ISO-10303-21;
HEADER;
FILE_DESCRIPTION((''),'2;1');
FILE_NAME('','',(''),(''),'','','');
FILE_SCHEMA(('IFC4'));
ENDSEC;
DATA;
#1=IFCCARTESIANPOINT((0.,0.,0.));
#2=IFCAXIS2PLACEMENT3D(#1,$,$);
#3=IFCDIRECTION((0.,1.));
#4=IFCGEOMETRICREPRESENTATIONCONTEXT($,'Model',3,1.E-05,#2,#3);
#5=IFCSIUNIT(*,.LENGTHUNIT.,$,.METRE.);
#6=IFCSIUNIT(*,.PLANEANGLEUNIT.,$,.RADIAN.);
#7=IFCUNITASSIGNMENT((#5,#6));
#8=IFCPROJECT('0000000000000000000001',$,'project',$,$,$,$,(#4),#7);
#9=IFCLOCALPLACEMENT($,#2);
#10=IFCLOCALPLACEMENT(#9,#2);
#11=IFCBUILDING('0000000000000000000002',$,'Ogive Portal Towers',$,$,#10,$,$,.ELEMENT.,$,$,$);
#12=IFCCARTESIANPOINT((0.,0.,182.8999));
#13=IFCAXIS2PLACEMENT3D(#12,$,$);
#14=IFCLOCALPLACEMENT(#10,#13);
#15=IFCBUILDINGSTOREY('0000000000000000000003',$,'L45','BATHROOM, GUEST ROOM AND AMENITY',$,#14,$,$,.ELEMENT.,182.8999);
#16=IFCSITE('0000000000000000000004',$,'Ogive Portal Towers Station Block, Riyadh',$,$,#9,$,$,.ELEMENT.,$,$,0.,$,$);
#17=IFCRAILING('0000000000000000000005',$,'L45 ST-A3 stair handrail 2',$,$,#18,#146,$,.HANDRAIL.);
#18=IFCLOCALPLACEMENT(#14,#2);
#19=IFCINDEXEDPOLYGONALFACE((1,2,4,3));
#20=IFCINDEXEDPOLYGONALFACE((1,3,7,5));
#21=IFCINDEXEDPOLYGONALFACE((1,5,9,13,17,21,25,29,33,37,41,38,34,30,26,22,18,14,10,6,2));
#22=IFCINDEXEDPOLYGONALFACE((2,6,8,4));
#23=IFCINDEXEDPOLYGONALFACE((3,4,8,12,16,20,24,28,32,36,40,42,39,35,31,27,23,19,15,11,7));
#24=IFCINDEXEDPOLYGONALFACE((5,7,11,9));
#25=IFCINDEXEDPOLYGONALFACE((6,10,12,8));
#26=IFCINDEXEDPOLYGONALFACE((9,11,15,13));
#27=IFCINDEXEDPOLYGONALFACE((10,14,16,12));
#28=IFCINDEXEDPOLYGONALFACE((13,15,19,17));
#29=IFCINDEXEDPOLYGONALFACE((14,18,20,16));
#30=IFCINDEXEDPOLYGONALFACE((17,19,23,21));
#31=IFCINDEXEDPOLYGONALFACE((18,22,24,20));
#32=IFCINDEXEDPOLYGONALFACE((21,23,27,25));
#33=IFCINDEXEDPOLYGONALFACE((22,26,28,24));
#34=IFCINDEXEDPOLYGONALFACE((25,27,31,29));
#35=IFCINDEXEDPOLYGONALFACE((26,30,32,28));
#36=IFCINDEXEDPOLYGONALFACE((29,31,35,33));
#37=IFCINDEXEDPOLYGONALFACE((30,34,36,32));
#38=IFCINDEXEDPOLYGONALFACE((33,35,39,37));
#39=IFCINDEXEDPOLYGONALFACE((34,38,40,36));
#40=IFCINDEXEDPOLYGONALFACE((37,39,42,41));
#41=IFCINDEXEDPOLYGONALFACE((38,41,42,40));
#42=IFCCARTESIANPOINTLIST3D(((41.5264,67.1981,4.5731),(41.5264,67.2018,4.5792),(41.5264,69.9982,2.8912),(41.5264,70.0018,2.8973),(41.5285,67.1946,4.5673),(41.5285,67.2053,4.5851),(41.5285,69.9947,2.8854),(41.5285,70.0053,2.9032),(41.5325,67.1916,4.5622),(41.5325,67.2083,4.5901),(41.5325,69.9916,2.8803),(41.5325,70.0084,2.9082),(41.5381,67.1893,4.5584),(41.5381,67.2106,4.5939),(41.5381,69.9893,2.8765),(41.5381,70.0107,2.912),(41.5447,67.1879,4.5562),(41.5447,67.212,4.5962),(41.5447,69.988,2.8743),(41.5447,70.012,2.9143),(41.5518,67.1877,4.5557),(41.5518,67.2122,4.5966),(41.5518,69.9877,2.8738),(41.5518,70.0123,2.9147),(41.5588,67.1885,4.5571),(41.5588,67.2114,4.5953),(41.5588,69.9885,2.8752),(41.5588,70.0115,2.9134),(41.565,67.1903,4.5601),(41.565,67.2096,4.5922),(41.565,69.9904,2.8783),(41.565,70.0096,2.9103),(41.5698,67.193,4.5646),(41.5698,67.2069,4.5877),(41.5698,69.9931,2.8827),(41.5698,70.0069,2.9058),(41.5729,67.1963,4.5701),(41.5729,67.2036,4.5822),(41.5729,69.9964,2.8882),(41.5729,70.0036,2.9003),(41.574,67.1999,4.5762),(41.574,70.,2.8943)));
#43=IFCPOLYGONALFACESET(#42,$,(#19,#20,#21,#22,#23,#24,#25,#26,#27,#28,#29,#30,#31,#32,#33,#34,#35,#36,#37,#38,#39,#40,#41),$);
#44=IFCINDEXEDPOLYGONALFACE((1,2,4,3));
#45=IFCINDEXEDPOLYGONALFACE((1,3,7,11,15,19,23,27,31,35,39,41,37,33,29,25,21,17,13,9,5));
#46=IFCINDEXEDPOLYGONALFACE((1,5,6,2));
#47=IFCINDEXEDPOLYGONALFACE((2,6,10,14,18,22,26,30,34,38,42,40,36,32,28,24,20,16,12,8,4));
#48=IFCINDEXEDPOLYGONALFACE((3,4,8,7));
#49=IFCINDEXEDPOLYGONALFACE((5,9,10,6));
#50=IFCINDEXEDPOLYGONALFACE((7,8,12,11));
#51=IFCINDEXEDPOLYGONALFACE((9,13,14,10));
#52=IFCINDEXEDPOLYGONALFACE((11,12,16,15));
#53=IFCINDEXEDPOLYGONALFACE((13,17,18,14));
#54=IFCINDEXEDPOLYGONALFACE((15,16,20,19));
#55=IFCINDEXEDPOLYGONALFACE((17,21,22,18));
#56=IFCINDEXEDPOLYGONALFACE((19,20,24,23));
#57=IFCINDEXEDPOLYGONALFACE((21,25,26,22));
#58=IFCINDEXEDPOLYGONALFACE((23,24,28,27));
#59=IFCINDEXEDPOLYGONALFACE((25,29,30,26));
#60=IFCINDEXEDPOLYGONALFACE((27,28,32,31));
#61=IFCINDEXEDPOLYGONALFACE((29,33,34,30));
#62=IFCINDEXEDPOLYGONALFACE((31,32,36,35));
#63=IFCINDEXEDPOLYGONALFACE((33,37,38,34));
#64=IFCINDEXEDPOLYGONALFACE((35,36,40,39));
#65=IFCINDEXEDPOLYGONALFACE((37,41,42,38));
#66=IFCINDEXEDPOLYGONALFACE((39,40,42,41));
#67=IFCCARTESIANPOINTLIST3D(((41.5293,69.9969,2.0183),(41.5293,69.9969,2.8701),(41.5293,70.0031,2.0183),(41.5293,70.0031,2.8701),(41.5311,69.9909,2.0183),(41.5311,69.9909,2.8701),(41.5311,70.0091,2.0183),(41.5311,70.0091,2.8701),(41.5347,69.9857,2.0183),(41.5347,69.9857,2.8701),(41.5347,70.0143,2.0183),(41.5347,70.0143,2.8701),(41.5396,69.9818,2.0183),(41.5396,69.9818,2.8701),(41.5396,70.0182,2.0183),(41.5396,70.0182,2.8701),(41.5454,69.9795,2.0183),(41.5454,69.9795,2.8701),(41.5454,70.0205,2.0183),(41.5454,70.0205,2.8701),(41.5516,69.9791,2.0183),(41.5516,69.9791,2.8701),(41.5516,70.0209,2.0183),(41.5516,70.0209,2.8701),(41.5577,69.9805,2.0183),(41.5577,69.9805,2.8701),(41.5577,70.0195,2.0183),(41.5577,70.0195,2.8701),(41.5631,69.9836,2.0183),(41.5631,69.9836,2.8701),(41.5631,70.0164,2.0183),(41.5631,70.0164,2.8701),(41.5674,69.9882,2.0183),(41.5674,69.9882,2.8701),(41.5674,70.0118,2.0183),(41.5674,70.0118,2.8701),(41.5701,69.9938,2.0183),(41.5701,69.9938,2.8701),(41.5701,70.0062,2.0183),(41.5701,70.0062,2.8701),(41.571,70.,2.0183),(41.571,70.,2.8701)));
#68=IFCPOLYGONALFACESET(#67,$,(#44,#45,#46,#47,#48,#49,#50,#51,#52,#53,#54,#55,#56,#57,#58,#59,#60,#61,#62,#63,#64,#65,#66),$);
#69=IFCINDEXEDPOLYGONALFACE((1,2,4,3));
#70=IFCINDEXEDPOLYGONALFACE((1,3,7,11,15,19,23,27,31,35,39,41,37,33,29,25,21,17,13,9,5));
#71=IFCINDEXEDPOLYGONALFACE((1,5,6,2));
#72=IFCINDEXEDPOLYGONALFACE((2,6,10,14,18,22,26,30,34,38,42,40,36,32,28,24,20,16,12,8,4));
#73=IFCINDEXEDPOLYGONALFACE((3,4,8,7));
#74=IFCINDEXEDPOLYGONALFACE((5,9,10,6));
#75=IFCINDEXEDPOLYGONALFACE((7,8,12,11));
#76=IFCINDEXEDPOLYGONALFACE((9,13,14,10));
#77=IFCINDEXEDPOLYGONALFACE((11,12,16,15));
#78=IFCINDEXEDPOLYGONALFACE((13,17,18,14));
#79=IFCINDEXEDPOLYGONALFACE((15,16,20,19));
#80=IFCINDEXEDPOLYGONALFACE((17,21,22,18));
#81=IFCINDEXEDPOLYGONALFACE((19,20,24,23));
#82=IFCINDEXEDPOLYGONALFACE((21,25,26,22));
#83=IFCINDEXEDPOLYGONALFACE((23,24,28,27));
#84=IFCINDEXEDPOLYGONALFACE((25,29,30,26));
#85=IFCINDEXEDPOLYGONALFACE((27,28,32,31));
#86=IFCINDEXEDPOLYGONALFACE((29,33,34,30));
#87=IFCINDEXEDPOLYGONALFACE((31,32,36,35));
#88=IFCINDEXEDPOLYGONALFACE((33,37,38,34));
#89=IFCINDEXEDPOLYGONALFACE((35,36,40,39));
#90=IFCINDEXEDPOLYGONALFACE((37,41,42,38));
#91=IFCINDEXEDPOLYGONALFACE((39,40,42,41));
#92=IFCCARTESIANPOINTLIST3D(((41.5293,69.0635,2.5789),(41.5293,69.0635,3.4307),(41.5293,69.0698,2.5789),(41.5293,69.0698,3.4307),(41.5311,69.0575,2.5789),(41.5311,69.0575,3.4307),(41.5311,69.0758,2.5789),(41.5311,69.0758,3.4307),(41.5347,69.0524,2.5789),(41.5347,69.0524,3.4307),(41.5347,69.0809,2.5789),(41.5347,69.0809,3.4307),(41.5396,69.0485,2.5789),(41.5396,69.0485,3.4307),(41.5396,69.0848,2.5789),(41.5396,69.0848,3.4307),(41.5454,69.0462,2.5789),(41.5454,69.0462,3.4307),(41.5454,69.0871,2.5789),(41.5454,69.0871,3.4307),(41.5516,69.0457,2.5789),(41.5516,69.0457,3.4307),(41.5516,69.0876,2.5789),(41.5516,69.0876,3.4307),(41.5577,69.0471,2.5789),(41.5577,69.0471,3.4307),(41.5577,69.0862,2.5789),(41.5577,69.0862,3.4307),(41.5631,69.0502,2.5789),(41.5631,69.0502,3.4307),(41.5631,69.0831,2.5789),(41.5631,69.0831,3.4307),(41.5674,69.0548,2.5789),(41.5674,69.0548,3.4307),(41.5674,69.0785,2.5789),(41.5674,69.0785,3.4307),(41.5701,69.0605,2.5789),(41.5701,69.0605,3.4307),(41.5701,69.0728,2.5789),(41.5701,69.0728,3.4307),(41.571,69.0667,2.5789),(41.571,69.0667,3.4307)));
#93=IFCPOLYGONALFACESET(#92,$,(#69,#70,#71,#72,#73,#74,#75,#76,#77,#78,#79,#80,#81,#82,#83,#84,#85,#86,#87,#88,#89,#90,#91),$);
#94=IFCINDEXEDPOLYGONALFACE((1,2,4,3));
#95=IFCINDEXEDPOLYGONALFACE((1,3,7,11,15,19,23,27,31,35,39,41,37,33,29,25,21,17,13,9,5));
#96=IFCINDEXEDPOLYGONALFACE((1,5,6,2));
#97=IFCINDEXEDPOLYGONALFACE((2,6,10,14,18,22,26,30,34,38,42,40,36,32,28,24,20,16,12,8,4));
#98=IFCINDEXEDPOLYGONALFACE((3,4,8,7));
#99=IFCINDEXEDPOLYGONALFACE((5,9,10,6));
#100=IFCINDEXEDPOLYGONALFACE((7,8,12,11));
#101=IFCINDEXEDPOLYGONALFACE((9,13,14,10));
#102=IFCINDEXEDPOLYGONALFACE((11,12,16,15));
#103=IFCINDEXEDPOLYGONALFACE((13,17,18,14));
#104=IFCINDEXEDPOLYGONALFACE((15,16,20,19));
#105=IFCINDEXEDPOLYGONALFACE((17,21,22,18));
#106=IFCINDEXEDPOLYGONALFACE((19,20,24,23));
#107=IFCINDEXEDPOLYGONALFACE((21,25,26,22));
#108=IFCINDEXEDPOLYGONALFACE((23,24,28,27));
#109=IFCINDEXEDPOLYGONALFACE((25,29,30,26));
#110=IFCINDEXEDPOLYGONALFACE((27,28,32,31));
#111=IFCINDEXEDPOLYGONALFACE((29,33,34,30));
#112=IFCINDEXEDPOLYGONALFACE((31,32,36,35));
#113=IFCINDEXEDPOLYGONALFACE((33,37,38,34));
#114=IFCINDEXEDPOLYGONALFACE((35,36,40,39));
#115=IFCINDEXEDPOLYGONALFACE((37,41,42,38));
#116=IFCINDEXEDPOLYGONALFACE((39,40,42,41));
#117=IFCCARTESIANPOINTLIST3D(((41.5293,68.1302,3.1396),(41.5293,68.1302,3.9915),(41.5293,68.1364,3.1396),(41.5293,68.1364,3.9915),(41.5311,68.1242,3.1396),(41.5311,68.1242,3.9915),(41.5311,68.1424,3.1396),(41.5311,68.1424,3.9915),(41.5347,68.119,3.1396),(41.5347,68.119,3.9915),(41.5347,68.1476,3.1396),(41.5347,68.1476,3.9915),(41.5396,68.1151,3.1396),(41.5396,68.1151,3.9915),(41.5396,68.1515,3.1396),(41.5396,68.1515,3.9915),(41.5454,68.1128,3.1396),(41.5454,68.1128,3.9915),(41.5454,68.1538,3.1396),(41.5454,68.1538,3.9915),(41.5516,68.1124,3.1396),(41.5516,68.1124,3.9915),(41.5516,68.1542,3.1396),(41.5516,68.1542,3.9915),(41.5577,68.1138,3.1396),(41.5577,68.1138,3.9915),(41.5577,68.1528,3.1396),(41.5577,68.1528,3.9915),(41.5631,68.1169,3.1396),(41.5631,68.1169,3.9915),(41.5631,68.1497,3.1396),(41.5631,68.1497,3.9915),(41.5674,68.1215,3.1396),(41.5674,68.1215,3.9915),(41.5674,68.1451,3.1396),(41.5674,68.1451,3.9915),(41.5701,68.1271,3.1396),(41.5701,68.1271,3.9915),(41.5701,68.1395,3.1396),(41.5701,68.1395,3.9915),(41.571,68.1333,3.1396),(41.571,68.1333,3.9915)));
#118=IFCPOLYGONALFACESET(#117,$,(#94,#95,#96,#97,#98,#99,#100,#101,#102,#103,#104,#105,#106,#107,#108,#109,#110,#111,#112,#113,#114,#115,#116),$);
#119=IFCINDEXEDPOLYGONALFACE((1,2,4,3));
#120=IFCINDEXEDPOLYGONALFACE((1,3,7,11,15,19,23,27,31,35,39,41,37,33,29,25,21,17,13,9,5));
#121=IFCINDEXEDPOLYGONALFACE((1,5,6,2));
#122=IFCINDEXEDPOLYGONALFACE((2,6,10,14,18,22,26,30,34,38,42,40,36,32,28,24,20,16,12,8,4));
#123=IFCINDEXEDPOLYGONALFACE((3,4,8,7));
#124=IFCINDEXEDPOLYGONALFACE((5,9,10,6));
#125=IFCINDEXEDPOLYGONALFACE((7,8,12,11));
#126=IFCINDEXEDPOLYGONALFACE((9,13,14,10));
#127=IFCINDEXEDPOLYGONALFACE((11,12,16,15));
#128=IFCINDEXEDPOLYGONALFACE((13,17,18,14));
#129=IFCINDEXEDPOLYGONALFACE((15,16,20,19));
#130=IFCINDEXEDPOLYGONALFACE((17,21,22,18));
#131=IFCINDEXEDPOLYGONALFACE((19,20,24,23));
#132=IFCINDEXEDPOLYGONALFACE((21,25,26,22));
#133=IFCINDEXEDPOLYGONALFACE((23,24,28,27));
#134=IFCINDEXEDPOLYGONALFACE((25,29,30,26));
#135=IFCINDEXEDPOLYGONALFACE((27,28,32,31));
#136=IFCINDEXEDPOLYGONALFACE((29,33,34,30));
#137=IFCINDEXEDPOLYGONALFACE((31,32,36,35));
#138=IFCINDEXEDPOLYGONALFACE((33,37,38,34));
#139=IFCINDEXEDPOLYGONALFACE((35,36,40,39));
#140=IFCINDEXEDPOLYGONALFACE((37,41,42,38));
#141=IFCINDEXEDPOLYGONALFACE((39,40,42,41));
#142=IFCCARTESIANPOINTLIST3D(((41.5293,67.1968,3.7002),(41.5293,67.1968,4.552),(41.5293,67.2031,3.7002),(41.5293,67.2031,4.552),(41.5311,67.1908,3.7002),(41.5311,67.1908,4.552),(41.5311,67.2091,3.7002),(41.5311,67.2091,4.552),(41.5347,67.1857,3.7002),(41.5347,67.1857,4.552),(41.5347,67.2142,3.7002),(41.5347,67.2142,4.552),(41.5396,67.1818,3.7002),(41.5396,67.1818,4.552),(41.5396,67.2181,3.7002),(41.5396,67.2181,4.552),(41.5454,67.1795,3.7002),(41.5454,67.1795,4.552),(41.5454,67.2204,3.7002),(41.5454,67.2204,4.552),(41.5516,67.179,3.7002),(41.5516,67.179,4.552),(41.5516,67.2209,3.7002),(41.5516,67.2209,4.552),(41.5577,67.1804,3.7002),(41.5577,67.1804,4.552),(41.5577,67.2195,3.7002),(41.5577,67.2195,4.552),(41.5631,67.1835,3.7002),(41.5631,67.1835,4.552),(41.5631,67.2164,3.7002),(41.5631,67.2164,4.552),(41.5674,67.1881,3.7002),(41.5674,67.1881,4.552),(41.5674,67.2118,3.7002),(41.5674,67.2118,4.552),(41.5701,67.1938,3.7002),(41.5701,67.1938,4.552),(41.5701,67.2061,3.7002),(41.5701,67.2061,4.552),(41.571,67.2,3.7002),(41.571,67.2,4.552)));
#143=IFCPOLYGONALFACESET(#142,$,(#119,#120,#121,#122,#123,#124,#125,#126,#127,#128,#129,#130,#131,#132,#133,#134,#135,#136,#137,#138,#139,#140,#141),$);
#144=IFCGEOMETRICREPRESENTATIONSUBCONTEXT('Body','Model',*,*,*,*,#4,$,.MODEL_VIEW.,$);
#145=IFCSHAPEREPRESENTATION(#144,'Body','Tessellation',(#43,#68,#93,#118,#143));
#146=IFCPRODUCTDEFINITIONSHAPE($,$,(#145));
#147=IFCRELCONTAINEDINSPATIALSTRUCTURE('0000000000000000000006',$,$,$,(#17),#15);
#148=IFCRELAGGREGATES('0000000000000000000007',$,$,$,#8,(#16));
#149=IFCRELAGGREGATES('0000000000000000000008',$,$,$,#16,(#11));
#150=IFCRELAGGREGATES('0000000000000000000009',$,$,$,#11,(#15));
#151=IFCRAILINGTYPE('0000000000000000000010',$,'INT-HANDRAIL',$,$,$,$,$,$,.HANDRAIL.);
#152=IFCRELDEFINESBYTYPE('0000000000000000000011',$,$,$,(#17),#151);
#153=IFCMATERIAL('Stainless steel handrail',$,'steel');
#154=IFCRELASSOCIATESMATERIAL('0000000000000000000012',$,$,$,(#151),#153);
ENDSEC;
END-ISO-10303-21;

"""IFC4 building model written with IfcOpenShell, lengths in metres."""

from ifc_helpers import new_model, si_unit, direction, frame, origin, origin_2d, place, context, subcontext, project, spatial, circle, extrude, material, type_object, element, save


model = new_model("IFC4")

# Units and contexts
model_context = context("Model", 3, precision=1e-05, world=origin(), true_north=direction((0.0, 1.0)))
body_context = subcontext(model_context, "Body", "Model", "MODEL_VIEW")
ifc_project = project(units=[si_unit("LENGTHUNIT", "METRE"), si_unit("PLANEANGLEUNIT", "RADIAN")], contexts=[model_context])

# Site, building, storey
site_placement = place(None, origin())
site = spatial("IfcSite", under=ifc_project, at=site_placement, Name="Ogive Portal Towers Station Block, Riyadh", CompositionType="ELEMENT", RefElevation=0.0)
building_placement = place(site_placement, origin())
building = spatial("IfcBuilding", under=site, at=building_placement, Name="Ogive Portal Towers", CompositionType="ELEMENT")
storey_placement = place(building_placement, frame((0.0, 0.0, 182.8999)))
storey = spatial("IfcBuildingStorey", under=building, at=storey_placement, Name="L45", Description="BATHROOM, GUEST ROOM AND AMENITY", CompositionType="ELEMENT", Elevation=182.8999)

# Railing
ifc_material_1 = material(Name="Stainless steel handrail", Category="steel")
railing_type_1 = type_object("IfcRailingType", Name="INT-HANDRAIL", PredefinedType="HANDRAIL", material=ifc_material_1)
railing_1_placement = place(storey_placement, frame((41.55, 70.0, 2.0183)))
element("IfcRailing", 1, at=railing_1_placement, inside=storey, type_object=railing_type_1, Name="L45 ST-A3 stair handrail 2", PredefinedType="HANDRAIL", context=body_context, shape_type="SweptSolid", body=[
    extrude(circle(Radius=0.0239, at=origin_2d()), frame((0.0, 0.0, 0.876), z_axis=(0.0, -0.857242, 0.514913), x_axis=(1.0, 0.0, 0.0)), (0.0, 0.0, 1.0), 3.2664),
    extrude(circle(Radius=0.021, at=origin_2d()), origin(), (0.0, 0.0, 1.0), 0.8518),
    extrude(circle(Radius=0.021, at=origin_2d()), frame((0.0, -0.9333, 0.5605)), (0.0, 0.0, 1.0), 0.8518),
    extrude(circle(Radius=0.021, at=origin_2d()), frame((0.0, -1.8667, 1.1213)), (0.0, 0.0, 1.0), 0.8518),
    extrude(circle(Radius=0.021, at=origin_2d()), frame((0.0, -2.8, 1.6819)), (0.0, 0.0, 1.0), 0.8518),
])

save(model, "model.ifc")
